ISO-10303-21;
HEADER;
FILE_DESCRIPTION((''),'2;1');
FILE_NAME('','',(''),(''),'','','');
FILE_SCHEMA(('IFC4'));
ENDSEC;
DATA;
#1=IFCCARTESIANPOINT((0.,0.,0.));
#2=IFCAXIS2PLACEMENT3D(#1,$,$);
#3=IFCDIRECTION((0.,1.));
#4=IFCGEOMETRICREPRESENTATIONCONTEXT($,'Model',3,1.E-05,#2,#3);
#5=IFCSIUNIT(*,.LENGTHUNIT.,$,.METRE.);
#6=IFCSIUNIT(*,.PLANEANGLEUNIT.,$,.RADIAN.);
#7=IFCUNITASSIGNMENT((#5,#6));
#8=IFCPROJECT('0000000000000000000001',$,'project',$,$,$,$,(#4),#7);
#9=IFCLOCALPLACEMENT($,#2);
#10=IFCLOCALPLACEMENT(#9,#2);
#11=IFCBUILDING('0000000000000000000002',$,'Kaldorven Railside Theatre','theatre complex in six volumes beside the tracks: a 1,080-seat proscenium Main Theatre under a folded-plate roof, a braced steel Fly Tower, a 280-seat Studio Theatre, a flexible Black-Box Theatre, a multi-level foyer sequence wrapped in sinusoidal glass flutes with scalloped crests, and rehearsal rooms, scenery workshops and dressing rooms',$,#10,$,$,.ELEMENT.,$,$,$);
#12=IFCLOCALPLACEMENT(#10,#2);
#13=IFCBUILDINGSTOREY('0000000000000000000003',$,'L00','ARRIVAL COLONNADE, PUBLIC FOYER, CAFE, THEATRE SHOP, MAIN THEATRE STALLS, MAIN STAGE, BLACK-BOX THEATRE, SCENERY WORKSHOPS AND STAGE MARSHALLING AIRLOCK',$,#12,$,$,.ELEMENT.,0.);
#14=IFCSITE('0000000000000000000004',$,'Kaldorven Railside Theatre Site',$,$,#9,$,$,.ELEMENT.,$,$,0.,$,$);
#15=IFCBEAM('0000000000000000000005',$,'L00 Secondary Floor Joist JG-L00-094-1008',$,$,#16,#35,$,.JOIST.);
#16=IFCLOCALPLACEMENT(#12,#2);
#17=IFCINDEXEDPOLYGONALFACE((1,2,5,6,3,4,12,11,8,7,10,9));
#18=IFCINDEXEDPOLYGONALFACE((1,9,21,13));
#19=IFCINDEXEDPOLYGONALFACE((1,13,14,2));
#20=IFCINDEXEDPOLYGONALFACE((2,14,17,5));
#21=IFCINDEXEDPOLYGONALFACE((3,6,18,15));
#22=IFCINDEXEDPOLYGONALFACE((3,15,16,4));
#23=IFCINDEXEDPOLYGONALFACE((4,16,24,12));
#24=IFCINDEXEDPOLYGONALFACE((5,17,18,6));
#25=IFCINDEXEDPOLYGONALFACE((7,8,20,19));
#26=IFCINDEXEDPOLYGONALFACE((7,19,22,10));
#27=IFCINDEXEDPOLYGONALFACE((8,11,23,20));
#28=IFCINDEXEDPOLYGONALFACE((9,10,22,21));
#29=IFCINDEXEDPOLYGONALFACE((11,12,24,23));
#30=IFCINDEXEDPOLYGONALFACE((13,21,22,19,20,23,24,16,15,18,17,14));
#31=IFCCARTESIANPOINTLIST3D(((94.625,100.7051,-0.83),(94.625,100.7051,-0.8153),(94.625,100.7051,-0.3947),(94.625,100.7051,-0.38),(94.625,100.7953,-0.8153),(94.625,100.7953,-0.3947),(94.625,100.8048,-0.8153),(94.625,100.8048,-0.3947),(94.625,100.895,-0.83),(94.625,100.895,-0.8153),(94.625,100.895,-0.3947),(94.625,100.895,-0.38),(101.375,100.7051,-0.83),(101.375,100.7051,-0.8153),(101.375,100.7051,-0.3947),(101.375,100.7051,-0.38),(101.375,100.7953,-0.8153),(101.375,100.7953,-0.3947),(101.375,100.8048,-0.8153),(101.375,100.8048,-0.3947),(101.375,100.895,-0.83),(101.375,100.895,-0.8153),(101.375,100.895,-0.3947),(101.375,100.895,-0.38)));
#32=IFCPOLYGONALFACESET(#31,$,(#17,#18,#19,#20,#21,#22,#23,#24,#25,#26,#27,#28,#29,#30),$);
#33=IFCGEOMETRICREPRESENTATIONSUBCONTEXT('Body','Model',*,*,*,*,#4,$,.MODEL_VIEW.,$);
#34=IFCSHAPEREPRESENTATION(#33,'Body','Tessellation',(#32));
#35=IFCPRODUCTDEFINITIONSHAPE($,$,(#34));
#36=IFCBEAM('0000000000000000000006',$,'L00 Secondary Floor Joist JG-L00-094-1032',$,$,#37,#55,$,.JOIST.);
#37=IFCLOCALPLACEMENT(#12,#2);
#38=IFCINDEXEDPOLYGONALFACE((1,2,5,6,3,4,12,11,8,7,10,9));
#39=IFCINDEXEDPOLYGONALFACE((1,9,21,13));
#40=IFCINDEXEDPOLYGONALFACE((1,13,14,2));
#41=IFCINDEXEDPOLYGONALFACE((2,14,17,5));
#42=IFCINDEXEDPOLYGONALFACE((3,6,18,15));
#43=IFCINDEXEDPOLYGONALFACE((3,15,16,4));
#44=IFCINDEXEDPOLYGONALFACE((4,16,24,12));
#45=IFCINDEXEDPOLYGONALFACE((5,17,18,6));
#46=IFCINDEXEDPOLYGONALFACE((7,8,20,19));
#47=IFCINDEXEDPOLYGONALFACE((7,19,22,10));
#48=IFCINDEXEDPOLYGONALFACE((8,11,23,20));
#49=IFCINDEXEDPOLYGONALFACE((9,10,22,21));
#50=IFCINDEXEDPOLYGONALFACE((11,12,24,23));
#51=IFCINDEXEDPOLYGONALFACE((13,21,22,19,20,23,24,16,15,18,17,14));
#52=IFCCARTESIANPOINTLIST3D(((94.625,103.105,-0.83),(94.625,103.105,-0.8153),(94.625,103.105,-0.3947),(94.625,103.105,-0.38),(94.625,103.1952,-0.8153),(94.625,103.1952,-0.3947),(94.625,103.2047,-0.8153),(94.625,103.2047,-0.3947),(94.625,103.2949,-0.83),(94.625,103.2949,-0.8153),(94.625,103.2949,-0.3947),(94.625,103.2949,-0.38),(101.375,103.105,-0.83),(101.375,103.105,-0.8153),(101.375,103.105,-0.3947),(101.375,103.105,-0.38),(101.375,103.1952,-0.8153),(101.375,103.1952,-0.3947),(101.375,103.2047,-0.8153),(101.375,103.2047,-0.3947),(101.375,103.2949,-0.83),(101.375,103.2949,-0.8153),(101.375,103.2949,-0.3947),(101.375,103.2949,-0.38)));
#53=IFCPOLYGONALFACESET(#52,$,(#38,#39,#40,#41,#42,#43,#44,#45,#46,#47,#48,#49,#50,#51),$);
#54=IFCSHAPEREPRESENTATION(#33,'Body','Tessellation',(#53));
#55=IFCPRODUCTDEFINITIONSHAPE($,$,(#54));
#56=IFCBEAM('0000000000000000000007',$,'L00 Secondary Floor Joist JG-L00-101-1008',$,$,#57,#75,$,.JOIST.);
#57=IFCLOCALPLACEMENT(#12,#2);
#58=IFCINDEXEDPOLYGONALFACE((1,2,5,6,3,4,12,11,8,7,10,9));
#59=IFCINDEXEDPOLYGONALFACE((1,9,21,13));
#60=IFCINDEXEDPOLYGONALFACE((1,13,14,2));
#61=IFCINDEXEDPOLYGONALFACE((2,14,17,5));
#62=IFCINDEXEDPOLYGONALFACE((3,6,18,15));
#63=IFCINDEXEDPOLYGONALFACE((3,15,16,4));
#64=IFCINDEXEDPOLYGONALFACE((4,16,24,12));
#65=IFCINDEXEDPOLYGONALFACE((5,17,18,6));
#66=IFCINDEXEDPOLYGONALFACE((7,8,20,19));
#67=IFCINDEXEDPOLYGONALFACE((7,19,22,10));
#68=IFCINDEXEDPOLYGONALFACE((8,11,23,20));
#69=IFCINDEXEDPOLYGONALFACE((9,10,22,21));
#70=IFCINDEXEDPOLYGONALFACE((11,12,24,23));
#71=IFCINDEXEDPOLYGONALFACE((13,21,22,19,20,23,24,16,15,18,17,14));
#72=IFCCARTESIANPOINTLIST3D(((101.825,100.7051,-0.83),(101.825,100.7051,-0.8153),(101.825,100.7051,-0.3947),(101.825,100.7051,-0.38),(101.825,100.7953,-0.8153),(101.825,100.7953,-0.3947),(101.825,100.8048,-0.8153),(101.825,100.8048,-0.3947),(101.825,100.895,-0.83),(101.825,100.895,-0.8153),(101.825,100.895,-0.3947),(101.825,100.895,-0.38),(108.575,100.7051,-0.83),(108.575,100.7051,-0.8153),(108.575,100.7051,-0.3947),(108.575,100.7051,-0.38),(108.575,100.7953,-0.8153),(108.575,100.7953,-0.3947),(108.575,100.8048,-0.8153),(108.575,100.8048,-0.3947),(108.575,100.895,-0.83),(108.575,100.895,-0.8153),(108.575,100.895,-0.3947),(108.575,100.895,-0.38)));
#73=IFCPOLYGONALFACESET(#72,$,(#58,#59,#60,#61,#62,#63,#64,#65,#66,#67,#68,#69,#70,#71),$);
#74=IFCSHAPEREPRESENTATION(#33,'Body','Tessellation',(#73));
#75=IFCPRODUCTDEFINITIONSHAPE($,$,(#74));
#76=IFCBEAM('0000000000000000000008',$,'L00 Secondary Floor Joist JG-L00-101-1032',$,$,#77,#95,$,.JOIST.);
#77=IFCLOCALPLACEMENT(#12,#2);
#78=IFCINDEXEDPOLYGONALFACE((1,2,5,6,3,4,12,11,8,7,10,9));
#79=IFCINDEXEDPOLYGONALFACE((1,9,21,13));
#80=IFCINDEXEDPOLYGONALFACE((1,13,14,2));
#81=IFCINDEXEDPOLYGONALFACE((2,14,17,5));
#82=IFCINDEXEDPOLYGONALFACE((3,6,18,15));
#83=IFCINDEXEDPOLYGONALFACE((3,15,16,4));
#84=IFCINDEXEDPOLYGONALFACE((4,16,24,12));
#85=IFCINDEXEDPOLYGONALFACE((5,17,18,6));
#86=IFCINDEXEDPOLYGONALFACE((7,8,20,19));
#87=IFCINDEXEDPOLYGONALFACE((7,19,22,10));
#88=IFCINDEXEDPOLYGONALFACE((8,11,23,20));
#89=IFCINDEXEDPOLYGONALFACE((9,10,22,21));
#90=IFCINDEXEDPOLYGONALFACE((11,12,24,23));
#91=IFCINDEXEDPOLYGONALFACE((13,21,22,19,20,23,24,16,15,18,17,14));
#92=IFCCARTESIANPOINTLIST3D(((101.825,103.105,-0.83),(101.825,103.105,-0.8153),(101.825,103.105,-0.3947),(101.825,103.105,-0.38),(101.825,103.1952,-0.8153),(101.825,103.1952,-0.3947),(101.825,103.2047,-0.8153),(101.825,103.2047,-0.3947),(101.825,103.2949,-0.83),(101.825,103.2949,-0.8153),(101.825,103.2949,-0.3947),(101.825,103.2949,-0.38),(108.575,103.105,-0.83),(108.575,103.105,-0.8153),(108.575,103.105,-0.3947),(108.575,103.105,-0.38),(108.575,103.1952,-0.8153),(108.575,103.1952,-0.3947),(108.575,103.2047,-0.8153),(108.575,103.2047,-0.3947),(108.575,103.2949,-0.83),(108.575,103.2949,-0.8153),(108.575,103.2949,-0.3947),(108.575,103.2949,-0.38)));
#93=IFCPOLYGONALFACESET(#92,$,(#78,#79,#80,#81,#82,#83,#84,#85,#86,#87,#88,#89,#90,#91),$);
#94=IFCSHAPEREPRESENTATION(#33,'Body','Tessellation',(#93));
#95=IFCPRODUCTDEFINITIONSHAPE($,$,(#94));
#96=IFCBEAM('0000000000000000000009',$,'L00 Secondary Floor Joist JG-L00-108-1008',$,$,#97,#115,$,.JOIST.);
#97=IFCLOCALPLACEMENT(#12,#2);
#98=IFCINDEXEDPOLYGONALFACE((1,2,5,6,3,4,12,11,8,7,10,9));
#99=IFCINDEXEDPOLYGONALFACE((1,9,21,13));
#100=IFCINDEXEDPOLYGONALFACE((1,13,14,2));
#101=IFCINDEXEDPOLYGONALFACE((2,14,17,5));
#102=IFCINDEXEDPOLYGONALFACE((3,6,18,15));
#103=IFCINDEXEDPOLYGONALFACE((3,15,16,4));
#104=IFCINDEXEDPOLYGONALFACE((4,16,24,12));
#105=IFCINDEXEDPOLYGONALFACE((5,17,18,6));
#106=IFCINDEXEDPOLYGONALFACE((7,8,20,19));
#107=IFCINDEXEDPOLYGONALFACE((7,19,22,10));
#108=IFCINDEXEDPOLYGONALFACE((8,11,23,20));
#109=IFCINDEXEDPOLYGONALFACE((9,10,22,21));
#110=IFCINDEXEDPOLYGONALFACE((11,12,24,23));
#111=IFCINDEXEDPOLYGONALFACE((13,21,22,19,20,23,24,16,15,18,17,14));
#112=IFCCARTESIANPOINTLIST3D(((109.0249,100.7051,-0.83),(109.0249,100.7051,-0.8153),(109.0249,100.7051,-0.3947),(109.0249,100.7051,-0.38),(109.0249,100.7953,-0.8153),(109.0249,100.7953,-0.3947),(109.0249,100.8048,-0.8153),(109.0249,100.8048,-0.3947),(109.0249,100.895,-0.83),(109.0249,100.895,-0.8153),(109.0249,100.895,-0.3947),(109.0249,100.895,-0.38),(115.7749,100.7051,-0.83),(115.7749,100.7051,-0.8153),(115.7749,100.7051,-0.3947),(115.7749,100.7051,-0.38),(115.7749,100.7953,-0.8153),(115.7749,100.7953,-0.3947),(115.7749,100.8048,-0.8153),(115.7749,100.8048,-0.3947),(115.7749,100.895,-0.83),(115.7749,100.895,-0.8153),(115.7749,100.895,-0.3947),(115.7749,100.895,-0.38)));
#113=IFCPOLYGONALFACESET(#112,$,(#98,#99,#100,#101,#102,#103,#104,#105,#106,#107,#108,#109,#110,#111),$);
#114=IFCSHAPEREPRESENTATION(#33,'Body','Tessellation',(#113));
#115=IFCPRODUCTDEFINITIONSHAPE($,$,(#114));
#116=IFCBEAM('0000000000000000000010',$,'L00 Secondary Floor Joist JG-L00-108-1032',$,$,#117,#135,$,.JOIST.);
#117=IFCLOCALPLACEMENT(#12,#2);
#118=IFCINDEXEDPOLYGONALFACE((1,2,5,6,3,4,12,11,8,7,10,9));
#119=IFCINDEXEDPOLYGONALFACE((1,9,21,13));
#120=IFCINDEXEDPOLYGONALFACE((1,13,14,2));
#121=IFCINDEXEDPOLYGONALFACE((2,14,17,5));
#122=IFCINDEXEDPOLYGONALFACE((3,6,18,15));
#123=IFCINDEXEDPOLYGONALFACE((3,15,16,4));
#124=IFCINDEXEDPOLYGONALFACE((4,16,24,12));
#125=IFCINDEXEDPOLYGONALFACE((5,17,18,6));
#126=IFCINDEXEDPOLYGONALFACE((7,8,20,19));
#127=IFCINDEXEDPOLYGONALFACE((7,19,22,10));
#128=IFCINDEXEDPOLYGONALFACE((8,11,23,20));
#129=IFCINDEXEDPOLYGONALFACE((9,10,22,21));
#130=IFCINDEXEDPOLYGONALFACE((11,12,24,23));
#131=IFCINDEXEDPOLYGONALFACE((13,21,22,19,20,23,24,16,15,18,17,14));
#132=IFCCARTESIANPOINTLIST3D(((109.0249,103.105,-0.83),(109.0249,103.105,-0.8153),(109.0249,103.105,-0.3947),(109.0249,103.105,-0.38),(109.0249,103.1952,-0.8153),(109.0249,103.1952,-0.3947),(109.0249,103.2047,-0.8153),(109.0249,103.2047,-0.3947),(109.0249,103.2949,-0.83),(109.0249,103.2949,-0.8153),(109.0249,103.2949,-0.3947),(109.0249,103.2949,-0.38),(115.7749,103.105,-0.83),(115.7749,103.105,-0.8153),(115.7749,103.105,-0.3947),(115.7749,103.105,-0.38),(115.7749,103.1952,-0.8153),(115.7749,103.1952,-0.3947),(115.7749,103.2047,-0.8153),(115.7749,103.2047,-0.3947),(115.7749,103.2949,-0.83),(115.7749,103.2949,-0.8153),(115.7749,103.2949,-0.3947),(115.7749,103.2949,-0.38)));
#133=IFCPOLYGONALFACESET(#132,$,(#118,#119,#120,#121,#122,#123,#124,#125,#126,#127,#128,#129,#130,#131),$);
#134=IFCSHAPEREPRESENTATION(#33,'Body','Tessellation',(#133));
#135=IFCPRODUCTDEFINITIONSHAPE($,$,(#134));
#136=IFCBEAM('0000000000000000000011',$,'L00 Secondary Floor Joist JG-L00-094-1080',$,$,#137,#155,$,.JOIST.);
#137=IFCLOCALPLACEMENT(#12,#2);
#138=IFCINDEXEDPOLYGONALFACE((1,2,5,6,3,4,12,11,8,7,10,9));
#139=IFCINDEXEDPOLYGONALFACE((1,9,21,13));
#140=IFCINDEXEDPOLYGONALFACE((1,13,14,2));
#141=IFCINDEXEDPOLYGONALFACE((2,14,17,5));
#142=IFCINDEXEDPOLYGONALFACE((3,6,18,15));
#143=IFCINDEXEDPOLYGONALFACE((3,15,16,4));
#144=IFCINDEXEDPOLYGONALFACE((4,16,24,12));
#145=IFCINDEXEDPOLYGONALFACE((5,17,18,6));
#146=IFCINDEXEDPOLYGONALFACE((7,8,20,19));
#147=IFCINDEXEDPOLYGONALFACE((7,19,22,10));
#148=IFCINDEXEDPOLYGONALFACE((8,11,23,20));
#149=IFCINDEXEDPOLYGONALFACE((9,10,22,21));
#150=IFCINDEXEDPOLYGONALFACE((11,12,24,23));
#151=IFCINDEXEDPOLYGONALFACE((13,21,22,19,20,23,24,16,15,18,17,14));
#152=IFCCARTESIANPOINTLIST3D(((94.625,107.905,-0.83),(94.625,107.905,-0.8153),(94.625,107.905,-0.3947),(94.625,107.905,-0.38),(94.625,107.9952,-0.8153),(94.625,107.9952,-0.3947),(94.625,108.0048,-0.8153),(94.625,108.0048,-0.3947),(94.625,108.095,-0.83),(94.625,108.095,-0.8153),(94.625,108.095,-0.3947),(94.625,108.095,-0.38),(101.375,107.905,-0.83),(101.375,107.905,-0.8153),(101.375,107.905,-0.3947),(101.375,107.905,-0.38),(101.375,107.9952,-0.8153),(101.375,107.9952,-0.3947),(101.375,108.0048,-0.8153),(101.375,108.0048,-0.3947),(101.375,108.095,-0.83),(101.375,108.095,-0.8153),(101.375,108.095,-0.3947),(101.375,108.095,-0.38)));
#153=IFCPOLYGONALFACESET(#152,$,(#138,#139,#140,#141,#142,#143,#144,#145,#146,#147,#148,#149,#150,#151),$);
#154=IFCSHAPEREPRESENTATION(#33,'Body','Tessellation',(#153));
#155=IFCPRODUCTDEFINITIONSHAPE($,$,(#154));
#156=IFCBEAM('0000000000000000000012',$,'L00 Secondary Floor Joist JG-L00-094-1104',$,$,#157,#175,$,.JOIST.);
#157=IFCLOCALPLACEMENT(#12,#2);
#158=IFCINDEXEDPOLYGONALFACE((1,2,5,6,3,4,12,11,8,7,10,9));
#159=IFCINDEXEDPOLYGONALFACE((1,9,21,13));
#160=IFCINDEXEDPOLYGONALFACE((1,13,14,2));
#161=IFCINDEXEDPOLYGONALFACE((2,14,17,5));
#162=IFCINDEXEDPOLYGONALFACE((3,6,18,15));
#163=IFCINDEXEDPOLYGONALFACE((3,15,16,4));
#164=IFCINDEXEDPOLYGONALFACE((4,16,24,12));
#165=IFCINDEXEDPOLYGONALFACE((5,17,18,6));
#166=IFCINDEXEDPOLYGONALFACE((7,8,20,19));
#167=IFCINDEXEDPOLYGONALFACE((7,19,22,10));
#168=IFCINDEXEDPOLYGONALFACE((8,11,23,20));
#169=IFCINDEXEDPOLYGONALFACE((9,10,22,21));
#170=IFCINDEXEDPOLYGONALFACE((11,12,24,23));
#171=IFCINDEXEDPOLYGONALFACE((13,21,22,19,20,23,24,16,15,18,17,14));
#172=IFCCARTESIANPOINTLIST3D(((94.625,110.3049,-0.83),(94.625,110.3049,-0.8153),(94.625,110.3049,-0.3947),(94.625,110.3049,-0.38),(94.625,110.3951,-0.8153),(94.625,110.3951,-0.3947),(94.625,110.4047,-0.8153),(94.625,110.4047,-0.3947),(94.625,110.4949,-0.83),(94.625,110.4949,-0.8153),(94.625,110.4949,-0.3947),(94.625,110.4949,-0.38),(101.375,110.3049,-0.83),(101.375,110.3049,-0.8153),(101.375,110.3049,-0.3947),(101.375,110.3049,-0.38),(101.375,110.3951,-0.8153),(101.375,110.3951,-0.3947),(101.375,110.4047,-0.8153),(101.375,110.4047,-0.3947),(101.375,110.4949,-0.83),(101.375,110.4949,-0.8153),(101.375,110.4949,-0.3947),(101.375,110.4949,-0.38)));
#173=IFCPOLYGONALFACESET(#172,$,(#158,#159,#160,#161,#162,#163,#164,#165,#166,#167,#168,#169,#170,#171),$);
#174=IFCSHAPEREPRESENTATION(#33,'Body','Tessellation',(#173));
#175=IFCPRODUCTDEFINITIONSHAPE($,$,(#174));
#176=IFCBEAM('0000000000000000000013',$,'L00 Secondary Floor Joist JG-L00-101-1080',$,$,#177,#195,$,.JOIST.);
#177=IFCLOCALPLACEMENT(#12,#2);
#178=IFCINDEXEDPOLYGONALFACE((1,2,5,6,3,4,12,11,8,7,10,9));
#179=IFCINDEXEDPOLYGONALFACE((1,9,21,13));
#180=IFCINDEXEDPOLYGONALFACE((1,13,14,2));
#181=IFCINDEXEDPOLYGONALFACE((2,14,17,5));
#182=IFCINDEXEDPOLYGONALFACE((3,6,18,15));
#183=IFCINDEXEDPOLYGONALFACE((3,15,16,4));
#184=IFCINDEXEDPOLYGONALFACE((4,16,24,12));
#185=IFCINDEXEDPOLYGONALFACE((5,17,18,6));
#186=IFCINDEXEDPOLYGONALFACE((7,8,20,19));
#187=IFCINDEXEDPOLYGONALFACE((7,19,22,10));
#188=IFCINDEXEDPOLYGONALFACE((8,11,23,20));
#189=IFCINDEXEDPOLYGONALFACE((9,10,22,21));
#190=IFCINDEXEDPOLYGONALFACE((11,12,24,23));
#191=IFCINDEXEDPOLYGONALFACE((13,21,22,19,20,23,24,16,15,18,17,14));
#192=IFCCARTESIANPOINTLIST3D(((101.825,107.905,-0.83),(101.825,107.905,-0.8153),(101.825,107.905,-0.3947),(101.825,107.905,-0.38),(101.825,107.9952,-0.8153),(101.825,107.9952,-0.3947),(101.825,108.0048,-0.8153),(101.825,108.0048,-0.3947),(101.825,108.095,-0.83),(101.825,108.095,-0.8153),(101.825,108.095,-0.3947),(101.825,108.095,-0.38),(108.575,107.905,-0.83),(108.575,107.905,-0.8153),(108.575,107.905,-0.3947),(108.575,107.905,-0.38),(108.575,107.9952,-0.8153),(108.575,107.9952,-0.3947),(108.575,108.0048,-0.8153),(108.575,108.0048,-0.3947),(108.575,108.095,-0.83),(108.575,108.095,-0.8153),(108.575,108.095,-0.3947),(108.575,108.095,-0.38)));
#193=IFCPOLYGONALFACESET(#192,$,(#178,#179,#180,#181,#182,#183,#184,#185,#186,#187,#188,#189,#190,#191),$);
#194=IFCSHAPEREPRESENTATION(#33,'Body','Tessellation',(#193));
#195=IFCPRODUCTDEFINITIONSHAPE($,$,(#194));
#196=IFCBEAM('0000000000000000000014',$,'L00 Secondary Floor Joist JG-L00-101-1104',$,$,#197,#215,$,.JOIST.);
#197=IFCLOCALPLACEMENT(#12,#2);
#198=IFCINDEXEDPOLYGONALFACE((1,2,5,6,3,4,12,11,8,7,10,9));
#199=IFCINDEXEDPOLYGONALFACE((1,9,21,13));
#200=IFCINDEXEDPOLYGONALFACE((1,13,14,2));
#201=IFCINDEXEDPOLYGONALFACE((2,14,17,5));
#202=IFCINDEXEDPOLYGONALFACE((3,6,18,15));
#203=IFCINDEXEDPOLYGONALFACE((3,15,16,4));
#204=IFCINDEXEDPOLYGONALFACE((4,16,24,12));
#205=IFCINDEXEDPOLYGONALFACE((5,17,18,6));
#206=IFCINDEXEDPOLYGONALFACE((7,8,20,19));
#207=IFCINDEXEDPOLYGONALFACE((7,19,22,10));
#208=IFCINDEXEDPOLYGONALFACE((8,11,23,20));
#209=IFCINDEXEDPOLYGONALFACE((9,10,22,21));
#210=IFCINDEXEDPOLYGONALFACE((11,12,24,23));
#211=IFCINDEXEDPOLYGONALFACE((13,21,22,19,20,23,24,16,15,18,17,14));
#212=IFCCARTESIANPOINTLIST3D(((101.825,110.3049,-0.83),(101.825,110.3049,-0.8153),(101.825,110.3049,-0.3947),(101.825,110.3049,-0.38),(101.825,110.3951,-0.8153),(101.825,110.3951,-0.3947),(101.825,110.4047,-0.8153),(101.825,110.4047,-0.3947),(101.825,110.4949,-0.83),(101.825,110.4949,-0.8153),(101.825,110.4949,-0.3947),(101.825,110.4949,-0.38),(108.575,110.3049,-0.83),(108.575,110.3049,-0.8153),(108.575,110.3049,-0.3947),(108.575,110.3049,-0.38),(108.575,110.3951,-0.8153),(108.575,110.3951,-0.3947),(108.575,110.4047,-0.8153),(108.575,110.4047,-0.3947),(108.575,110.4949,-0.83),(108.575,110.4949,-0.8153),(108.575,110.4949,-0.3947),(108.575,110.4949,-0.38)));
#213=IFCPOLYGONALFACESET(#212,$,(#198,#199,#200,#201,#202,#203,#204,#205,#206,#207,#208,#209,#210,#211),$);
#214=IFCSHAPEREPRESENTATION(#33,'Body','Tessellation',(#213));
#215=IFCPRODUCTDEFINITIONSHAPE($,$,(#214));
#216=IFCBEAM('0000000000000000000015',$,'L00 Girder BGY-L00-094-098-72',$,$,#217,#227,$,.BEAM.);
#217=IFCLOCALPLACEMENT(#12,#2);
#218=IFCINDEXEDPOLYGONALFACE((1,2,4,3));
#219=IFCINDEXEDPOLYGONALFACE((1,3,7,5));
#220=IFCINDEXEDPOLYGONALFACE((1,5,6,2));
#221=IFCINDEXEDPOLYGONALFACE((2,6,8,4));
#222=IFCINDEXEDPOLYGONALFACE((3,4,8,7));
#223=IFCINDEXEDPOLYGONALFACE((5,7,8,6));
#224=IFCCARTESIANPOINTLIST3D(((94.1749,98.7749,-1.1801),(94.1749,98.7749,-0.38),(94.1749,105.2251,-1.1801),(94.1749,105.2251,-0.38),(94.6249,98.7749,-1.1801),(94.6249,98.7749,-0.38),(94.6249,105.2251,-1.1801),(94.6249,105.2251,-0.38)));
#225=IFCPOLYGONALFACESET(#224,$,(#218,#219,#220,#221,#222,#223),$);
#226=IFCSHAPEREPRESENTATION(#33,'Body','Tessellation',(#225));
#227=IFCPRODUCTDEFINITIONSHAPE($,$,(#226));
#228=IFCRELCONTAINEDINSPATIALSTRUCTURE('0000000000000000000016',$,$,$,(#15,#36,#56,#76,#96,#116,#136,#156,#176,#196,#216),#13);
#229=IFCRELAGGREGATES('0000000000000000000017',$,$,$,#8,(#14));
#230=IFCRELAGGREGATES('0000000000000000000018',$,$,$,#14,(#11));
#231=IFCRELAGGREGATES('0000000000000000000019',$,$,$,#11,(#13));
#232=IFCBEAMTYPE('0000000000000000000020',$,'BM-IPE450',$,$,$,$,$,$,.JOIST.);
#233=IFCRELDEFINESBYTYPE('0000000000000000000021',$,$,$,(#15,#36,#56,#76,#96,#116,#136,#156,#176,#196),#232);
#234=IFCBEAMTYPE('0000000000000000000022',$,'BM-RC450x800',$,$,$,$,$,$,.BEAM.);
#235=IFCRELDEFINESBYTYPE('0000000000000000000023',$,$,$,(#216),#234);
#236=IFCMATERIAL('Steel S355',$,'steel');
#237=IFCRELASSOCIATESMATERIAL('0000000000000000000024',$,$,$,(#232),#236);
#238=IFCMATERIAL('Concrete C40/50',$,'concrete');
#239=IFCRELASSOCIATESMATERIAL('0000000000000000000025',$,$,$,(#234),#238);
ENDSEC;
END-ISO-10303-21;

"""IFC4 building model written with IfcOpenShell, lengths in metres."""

from ifc_helpers import new_model, si_unit, direction, frame, origin, origin_2d, place, context, subcontext, project, spatial, rectangle, i_section, extrude, material, material_profile, profile_set, type_object, element, save


model = new_model("IFC4")

# Units and contexts
model_context = context("Model", 3, precision=1e-05, world=origin(), true_north=direction((0.0, 1.0)))
body_context = subcontext(model_context, "Body", "Model", "MODEL_VIEW")
ifc_project = project(units=[si_unit("LENGTHUNIT", "METRE"), si_unit("PLANEANGLEUNIT", "RADIAN")], contexts=[model_context])

# Site, building, storey
site_placement = place(None, origin())
site = spatial("IfcSite", under=ifc_project, at=site_placement, Name="Kaldorven Railside Theatre Site", CompositionType="ELEMENT", RefElevation=0.0)
building_placement = place(site_placement, origin())
building = spatial("IfcBuilding", under=site, at=building_placement, Name="Kaldorven Railside Theatre", Description="theatre complex in six volumes beside the tracks: a 1,080-seat proscenium Main Theatre under a folded-plate roof, a braced steel Fly Tower, a 280-seat Studio Theatre, a flexible Black-Box Theatre, a multi-level foyer sequence wrapped in sinusoidal glass flutes with scalloped crests, and rehearsal rooms, scenery workshops and dressing rooms", CompositionType="ELEMENT")
storey_placement = place(building_placement, origin())
storey = spatial("IfcBuildingStorey", under=building, at=storey_placement, Name="L00", Description="ARRIVAL COLONNADE, PUBLIC FOYER, CAFE, THEATRE SHOP, MAIN THEATRE STALLS, MAIN STAGE, BLACK-BOX THEATRE, SCENERY WORKSHOPS AND STAGE MARSHALLING AIRLOCK", CompositionType="ELEMENT", Elevation=0.0)

# Beams
ifc_material_1 = material(Name="Steel S355", Category="steel")
ifc_material_profile_1 = material_profile(ifc_material_1, i_section(OverallWidth=0.1899, OverallDepth=0.45, WebThickness=0.0095, FlangeThickness=0.0146, at=origin_2d()), Name="IPE 450")
ifc_profile_set_1 = profile_set([ifc_material_profile_1], Name="Steel S355")
beam_type_1 = type_object("IfcBeamType", Name="BM-IPE450", PredefinedType="JOIST", material=ifc_profile_set_1)
for number, where, z_axis, x_axis, name in (
    (1, (94.625, 100.8, -0.605), (1.0, 0.0, 0.0), (0.0, 1.0, 0.0), "L00 Secondary Floor Joist JG-L00-094-1008"),
    (2, (94.625, 103.2, -0.605), (1.0, 0.0, 0.0), (0.0, 1.0, 0.0), "L00 Secondary Floor Joist JG-L00-094-1032"),
    (3, (101.825, 100.8, -0.605), (1.0, 0.0, 0.0), (0.0, 1.0, 0.0), "L00 Secondary Floor Joist JG-L00-101-1008"),
    (4, (101.825, 103.2, -0.605), (1.0, 0.0, 0.0), (0.0, 1.0, 0.0), "L00 Secondary Floor Joist JG-L00-101-1032"),
    (5, (109.0249, 100.8, -0.605), (1.0, 0.0, 0.0), (0.0, 1.0, 0.0), "L00 Secondary Floor Joist JG-L00-108-1008"),
    (6, (109.0249, 103.2, -0.605), (1.0, 0.0, 0.0), (0.0, 1.0, 0.0), "L00 Secondary Floor Joist JG-L00-108-1032"),
    (7, (94.625, 108.0, -0.605), (1.0, 0.0, 0.0), (0.0, 1.0, 0.0), "L00 Secondary Floor Joist JG-L00-094-1080"),
    (8, (94.625, 110.3999, -0.605), (1.0, 0.0, 0.0), (0.0, 1.0, 0.0), "L00 Secondary Floor Joist JG-L00-094-1104"),
    (9, (101.825, 108.0, -0.605), (1.0, 0.0, 0.0), (0.0, 1.0, 0.0), "L00 Secondary Floor Joist JG-L00-101-1080"),
    (10, (101.825, 110.3999, -0.605), (1.0, 0.0, 0.0), (0.0, 1.0, 0.0), "L00 Secondary Floor Joist JG-L00-101-1104"),
):
    element("IfcBeam", number, at=place(storey_placement, frame(where, z_axis=z_axis, x_axis=x_axis)), inside=storey, type_object=beam_type_1, Name=name, PredefinedType="JOIST", context=body_context, shape_type="SweptSolid", body=[
        extrude(i_section(OverallWidth=0.1899, OverallDepth=0.45, WebThickness=0.0095, FlangeThickness=0.0146, at=origin_2d()), origin(), (0.0, 0.0, 1.0), 6.75),
    ])
ifc_material_2 = material(Name="Concrete C40/50", Category="concrete")
ifc_material_profile_2 = material_profile(ifc_material_2, rectangle(XDim=0.45, YDim=0.8, at=origin_2d()), Name="RC 450x800")
ifc_profile_set_2 = profile_set([ifc_material_profile_2], Name="Concrete C40/50")
beam_type_2 = type_object("IfcBeamType", Name="BM-RC450x800", PredefinedType="BEAM", material=ifc_profile_set_2)
for number, where, z_axis, x_axis, name in (
    (11, (94.3999, 98.7749, -0.78), (0.0, 1.0, 0.0), (-1.0, 0.0, 0.0), "L00 Girder BGY-L00-094-098-72"),
):
    element("IfcBeam", number, at=place(storey_placement, frame(where, z_axis=z_axis, x_axis=x_axis)), inside=storey, type_object=beam_type_2, Name=name, PredefinedType="BEAM", context=body_context, shape_type="SweptSolid", body=[
        extrude(rectangle(XDim=0.45, YDim=0.8, at=origin_2d()), origin(), (0.0, 0.0, 1.0), 6.4502),
    ])

save(model, "model.ifc")
